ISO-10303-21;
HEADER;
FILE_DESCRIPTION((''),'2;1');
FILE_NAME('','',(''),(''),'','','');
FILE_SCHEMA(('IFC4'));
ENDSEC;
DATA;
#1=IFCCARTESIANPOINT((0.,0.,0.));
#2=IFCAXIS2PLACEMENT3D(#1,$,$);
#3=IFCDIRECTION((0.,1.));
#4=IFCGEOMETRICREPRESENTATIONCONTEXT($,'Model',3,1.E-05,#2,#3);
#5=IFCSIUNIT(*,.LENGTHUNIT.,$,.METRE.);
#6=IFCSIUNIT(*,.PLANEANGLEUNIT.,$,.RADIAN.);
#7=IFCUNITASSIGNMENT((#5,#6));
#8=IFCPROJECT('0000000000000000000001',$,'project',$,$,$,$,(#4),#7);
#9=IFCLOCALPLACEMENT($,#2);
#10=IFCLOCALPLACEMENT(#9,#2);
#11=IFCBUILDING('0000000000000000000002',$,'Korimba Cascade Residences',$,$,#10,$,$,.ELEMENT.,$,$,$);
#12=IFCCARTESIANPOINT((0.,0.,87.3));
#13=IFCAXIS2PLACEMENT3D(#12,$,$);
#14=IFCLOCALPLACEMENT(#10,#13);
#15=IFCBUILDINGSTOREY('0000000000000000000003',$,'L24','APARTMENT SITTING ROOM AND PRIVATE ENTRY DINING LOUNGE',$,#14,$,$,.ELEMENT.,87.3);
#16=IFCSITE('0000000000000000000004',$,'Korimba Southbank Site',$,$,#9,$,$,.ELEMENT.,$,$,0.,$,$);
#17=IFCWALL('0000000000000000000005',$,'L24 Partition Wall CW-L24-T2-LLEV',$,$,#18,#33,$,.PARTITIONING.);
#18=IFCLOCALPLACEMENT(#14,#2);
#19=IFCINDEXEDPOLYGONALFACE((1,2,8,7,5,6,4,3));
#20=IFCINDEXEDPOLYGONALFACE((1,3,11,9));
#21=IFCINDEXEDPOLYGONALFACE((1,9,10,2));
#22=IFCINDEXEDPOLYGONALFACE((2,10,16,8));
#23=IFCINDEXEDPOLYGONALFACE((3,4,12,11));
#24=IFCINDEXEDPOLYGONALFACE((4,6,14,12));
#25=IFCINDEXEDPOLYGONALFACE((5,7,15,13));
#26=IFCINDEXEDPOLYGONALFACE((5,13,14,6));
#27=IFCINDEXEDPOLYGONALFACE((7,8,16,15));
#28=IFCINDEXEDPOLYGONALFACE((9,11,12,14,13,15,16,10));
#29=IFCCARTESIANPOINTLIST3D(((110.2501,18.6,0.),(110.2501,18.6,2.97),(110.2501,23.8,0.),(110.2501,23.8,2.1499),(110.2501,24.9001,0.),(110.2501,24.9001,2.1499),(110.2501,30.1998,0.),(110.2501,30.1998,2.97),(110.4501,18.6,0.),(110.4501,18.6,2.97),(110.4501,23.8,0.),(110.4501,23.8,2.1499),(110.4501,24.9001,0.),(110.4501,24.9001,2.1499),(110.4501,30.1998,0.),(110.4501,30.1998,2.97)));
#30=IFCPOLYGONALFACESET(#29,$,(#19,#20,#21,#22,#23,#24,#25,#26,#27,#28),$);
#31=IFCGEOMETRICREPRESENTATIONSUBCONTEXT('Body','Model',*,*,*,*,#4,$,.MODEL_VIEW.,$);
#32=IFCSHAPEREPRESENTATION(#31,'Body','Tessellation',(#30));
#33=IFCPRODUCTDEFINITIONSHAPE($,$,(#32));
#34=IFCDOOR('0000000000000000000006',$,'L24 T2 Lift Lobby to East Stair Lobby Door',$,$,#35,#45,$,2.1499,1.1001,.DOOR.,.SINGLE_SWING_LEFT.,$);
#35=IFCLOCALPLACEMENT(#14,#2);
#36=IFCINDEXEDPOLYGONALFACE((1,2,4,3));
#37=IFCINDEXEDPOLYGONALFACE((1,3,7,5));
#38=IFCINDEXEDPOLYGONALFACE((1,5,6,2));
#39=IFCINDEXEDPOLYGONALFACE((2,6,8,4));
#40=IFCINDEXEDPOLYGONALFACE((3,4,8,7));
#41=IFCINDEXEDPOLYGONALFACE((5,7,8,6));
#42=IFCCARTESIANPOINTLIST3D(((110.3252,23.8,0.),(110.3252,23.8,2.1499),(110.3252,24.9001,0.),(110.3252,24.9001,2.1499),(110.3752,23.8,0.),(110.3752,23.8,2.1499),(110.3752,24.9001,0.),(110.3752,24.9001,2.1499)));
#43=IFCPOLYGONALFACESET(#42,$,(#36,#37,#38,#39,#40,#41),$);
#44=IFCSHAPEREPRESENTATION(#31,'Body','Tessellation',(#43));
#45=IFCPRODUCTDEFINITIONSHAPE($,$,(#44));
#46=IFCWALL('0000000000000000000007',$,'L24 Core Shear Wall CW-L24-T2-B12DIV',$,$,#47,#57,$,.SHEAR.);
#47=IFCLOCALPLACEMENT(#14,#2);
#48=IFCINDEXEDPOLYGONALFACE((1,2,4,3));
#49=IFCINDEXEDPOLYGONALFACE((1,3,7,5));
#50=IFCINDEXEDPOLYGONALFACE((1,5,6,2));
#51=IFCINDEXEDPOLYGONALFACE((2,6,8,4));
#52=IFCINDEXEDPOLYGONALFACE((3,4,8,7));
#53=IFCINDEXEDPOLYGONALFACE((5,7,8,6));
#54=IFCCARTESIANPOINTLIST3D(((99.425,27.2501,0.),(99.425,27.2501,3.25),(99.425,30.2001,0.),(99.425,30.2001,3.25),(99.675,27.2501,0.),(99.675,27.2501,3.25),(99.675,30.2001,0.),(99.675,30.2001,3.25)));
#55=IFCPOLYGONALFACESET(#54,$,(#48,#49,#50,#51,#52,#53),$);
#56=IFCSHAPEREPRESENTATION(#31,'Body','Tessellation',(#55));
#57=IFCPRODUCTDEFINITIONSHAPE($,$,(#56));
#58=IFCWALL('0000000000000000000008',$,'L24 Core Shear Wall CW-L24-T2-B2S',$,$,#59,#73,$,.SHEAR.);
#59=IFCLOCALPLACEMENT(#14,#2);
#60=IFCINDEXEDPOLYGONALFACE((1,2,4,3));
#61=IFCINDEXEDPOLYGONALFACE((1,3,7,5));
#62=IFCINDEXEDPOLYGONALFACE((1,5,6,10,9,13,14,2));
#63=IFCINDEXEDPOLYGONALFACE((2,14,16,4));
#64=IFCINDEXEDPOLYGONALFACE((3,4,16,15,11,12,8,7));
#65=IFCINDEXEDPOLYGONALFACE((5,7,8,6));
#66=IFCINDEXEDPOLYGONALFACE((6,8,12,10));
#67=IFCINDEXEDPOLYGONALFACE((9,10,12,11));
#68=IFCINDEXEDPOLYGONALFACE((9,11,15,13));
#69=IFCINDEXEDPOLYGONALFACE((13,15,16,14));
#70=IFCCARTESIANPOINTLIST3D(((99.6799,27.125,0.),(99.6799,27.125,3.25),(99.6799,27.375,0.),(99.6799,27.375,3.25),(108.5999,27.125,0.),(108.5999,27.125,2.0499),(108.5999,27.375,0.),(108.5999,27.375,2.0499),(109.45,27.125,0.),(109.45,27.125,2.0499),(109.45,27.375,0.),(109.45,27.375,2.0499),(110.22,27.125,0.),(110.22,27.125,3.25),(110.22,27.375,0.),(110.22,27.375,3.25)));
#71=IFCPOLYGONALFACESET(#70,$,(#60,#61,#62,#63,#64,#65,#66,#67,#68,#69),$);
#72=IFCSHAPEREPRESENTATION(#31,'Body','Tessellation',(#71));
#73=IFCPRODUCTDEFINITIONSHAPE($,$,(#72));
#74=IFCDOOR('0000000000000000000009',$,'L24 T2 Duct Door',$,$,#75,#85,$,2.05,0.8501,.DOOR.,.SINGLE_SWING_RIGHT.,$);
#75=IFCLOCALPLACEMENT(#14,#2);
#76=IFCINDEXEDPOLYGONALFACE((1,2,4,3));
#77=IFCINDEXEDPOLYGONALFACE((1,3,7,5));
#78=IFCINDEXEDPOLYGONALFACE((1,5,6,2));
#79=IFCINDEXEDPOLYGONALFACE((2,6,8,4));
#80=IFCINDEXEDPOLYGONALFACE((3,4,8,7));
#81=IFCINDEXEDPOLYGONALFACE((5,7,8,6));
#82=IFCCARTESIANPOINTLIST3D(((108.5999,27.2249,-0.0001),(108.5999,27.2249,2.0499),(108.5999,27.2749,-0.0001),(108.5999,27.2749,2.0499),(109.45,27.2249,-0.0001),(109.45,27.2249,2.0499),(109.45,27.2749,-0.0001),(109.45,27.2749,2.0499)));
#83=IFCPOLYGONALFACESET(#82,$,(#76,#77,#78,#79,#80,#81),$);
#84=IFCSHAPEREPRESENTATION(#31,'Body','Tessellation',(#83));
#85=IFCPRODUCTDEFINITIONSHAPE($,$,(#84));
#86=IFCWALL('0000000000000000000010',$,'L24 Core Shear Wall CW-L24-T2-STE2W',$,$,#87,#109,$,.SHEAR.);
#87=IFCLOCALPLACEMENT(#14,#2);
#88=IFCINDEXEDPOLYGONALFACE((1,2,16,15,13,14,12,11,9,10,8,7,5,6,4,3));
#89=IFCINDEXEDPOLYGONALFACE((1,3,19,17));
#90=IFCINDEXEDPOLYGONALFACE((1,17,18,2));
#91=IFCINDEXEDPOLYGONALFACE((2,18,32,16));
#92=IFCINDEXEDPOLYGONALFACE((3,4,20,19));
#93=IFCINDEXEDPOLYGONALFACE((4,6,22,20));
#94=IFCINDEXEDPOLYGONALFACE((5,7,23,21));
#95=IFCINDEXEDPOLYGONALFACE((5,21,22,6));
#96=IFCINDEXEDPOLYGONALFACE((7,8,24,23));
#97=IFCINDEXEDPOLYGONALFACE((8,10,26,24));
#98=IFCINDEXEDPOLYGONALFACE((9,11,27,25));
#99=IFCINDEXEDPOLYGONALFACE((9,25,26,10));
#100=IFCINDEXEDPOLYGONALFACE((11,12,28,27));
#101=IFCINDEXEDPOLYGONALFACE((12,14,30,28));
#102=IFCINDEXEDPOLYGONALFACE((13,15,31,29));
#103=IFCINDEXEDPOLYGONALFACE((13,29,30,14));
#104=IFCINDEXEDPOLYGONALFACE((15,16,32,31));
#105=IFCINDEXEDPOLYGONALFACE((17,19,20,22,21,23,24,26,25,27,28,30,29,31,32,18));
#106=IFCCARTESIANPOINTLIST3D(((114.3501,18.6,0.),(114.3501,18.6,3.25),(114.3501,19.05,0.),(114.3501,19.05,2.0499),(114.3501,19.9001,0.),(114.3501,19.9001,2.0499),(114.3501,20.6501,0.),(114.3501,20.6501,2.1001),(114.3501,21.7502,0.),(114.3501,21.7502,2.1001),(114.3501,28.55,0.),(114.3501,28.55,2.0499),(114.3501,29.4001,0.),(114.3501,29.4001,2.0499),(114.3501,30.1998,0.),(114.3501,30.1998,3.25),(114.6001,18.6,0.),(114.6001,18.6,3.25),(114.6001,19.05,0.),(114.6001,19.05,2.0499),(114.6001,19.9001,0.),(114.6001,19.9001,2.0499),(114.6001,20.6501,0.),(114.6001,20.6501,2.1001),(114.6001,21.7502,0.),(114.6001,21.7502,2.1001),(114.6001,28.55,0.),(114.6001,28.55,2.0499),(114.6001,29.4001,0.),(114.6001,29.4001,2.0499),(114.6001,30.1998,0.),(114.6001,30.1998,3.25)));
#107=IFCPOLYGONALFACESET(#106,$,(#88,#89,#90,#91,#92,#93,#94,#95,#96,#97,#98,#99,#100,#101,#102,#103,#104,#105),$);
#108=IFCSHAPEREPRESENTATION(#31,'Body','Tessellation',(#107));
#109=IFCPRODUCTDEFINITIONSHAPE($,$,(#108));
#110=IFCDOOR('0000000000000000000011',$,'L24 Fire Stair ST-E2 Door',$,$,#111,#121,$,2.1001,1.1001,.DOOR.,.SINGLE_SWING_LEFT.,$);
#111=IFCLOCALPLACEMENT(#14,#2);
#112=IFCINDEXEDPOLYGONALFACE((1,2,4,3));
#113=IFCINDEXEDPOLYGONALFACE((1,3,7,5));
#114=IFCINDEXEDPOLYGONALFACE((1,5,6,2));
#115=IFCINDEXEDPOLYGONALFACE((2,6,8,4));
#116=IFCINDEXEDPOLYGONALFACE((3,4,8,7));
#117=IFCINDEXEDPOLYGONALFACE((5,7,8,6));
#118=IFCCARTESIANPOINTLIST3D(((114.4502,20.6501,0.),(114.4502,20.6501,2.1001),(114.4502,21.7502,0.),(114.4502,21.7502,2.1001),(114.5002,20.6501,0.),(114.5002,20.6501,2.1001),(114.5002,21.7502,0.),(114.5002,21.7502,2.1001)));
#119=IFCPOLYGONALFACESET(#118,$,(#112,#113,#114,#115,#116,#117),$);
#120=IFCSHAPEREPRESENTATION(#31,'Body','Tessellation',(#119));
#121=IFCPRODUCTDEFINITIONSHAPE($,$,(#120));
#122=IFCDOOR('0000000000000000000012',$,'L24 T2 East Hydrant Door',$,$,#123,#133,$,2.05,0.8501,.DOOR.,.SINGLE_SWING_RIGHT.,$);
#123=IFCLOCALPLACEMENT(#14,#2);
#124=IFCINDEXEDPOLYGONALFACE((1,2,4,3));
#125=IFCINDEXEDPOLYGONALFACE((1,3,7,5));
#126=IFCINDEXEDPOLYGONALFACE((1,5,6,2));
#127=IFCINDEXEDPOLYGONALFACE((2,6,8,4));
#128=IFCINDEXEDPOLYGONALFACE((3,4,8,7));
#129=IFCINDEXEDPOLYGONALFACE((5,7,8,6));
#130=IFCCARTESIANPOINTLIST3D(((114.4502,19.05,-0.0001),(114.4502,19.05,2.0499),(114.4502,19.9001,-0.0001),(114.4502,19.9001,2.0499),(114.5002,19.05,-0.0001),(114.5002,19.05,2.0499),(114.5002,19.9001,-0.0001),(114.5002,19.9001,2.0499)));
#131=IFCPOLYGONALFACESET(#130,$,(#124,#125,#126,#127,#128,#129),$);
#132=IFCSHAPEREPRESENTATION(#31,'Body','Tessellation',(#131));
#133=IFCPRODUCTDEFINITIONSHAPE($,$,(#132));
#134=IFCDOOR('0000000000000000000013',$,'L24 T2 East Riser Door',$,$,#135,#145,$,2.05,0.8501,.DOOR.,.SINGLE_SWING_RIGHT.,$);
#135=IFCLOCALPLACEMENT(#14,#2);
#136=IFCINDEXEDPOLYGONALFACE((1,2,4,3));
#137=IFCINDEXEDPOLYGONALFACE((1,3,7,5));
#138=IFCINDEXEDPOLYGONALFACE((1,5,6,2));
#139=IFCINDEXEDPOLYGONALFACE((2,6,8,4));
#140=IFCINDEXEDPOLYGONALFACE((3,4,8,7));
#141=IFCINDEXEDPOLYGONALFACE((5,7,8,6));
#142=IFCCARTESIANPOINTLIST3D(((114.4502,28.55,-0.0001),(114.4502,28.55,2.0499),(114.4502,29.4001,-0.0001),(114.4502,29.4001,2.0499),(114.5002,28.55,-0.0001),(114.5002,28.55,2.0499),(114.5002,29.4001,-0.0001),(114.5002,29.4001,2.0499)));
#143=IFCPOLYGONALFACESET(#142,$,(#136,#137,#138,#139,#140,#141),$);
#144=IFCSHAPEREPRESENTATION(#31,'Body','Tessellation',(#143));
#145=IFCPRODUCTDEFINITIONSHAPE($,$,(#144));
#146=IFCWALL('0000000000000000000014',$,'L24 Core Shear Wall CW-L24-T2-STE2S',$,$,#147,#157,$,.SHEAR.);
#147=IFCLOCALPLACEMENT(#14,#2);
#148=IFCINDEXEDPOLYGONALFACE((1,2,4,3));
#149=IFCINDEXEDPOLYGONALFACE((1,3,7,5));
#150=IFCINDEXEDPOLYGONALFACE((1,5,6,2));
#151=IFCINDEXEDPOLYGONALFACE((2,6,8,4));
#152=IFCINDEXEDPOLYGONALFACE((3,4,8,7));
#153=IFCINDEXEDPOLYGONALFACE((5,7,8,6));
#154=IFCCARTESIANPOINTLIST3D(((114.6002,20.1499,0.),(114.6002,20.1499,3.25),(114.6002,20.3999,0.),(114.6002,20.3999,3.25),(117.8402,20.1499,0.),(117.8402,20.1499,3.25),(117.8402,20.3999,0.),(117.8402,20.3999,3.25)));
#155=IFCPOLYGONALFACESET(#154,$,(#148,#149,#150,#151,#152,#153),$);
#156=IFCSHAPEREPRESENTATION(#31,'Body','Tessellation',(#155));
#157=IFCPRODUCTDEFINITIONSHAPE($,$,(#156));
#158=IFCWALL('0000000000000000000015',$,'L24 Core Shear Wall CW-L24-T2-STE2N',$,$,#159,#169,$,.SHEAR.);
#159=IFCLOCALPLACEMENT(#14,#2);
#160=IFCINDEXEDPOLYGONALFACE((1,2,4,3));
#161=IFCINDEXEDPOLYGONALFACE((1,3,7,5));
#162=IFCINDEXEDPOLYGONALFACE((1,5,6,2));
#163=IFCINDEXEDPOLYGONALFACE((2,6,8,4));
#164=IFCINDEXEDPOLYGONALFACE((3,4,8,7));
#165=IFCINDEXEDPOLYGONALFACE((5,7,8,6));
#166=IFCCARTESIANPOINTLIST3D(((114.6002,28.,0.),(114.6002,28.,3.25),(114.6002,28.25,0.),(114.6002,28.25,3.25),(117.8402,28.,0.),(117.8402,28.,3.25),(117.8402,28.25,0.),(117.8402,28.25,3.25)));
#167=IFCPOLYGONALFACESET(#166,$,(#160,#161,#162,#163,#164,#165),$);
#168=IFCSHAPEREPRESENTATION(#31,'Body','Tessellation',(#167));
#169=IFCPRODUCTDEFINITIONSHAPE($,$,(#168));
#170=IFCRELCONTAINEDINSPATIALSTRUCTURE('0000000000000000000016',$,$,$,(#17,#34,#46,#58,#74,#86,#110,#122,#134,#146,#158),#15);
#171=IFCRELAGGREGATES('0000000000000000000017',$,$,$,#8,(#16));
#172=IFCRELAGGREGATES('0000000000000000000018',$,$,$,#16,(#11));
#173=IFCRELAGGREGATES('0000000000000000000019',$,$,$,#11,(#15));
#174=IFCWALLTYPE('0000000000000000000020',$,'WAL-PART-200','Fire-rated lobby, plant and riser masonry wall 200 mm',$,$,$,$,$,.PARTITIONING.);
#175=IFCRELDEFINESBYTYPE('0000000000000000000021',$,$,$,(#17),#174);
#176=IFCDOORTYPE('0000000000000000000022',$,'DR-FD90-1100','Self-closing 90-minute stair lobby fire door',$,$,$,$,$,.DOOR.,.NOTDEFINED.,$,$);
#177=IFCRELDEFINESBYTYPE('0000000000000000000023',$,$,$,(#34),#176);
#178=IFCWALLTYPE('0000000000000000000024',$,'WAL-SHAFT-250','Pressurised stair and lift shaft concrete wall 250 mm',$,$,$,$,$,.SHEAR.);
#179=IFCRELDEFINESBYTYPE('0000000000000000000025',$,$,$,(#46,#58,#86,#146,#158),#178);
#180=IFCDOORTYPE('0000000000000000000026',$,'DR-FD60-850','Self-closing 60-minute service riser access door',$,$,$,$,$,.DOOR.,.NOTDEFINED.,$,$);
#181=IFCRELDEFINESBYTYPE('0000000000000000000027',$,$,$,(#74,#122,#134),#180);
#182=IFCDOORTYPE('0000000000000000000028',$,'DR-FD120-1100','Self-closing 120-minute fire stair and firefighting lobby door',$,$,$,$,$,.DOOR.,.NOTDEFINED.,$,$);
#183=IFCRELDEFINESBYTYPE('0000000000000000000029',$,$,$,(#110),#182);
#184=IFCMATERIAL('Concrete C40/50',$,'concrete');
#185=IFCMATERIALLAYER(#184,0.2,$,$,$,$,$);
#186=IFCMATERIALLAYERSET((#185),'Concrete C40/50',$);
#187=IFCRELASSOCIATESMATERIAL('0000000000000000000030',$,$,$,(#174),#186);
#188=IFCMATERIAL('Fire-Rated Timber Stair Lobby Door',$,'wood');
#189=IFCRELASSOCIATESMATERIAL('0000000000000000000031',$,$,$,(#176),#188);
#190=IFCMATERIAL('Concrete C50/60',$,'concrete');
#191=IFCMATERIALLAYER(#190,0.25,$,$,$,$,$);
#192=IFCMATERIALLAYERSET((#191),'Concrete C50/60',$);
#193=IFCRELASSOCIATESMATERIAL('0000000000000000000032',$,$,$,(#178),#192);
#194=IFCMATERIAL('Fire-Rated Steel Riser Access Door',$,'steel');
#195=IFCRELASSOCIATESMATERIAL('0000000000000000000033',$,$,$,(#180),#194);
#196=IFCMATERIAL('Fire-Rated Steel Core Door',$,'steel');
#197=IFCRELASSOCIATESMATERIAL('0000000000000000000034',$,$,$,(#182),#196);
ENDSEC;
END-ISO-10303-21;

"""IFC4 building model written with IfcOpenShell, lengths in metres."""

from ifc_helpers import new_model, si_unit, direction, frame, frame_2d, origin, place, context, subcontext, project, spatial, rectangle, extrude, material, layer, layer_set, type_object, element, fill, save


model = new_model("IFC4")

# Units and contexts
model_context = context("Model", 3, precision=1e-05, world=origin(), true_north=direction((0.0, 1.0)))
body_context = subcontext(model_context, "Body", "Model", "MODEL_VIEW")
ifc_project = project(units=[si_unit("LENGTHUNIT", "METRE"), si_unit("PLANEANGLEUNIT", "RADIAN")], contexts=[model_context])

# Site, building, storey
site_placement = place(None, origin())
site = spatial("IfcSite", under=ifc_project, at=site_placement, Name="Korimba Southbank Site", CompositionType="ELEMENT", RefElevation=0.0)
building_placement = place(site_placement, origin())
building = spatial("IfcBuilding", under=site, at=building_placement, Name="Korimba Cascade Residences", CompositionType="ELEMENT")
storey_placement = place(building_placement, frame((0.0, 0.0, 87.3)))
storey = spatial("IfcBuildingStorey", under=building, at=storey_placement, Name="L24", Description="APARTMENT SITTING ROOM AND PRIVATE ENTRY DINING LOUNGE", CompositionType="ELEMENT", Elevation=87.3)

# Shared definitions
ifc_material_1 = material(Name="Concrete C40/50", Category="concrete")
ifc_layer_1 = layer(ifc_material_1, 0.2)
ifc_layer_set_1 = layer_set([ifc_layer_1], Name="Concrete C40/50")
wall_type_1 = type_object("IfcWallType", Name="WAL-PART-200", Description="Fire-rated lobby, plant and riser masonry wall 200 mm", PredefinedType="PARTITIONING", material=ifc_layer_set_1)

# Wall, opening, door
wall_1_placement = place(storey_placement, frame((110.3501, 18.6001, 0.0), z_axis=(0.0, 0.0, 1.0), x_axis=(0.0, 1.0, 0.0)))
wall_1 = element("IfcWall", 1, at=wall_1_placement, inside=storey, type_object=wall_type_1, Name="L24 Partition Wall CW-L24-T2-LLEV", PredefinedType="PARTITIONING", context=body_context, shape_type="SweptSolid", body=[
    extrude(rectangle(XDim=11.5999, YDim=0.2, at=frame_2d((5.7998, 0.0))), origin(), (0.0, 0.0, 1.0), 2.97),
])
opening_1_placement = place(wall_1_placement, frame((5.2, 0.0, 0.0)))
opening_1 = element("IfcOpeningElement", 2, at=opening_1_placement, cuts=wall_1, PredefinedType="OPENING", context=body_context, shape_type="SweptSolid", body=[
    extrude(rectangle(XDim=1.1001, YDim=2.1499, at=frame_2d((0.55, 1.075))), frame((0.0, 0.1099, 0.0), z_axis=(0.0, -1.0, 0.0), x_axis=(1.0, 0.0, 0.0)), (0.0, 0.0, 1.0), 0.22),
])
ifc_material_2 = material(Name="Fire-Rated Timber Stair Lobby Door", Category="wood")
door_type_1 = type_object("IfcDoorType", Name="DR-FD90-1100", Description="Self-closing 90-minute stair lobby fire door", OperationType="NOTDEFINED", PredefinedType="DOOR", material=ifc_material_2)
door_1_placement = place(opening_1_placement, origin())
door_1 = element("IfcDoor", 3, at=door_1_placement, inside=storey, type_object=door_type_1, Name="L24 T2 Lift Lobby to East Stair Lobby Door", OperationType="SINGLE_SWING_LEFT", OverallHeight=2.1499, OverallWidth=1.1001, PredefinedType="DOOR", context=body_context, shape_type="SweptSolid", body=[
    extrude(rectangle(XDim=1.1001, YDim=2.1499, at=frame_2d((0.55, 1.075))), frame((0.0, 0.0249, 0.0), z_axis=(0.0, -1.0, 0.0), x_axis=(1.0, 0.0, 0.0)), (0.0, 0.0, 1.0), 0.05),
])
fill(opening_1, door_1)

# Wall
ifc_material_3 = material(Name="Concrete C50/60", Category="concrete")
ifc_layer_2 = layer(ifc_material_3, 0.25)
ifc_layer_set_2 = layer_set([ifc_layer_2], Name="Concrete C50/60")
wall_type_2 = type_object("IfcWallType", Name="WAL-SHAFT-250", Description="Pressurised stair and lift shaft concrete wall 250 mm", PredefinedType="SHEAR", material=ifc_layer_set_2)
wall_2_placement = place(storey_placement, frame((99.55, 27.25, 0.0), z_axis=(0.0, 0.0, 1.0), x_axis=(0.0, 1.0, 0.0)))
element("IfcWall", 4, at=wall_2_placement, inside=storey, type_object=wall_type_2, Name="L24 Core Shear Wall CW-L24-T2-B12DIV", PredefinedType="SHEAR", context=body_context, shape_type="SweptSolid", body=[
    extrude(rectangle(XDim=2.95, YDim=0.25, at=frame_2d((1.4751, 0.0))), origin(), (0.0, 0.0, 1.0), 3.25),
])

# Wall, opening, door
wall_3_placement = place(storey_placement, frame((99.6799, 27.25, 0.0), z_axis=(0.0, 0.0, 1.0), x_axis=(1.0, 0.0, 0.0)))
wall_3 = element("IfcWall", 5, at=wall_3_placement, inside=storey, type_object=wall_type_2, Name="L24 Core Shear Wall CW-L24-T2-B2S", PredefinedType="SHEAR", context=body_context, shape_type="SweptSolid", body=[
    extrude(rectangle(XDim=10.54, YDim=0.25, at=frame_2d((5.27, 0.0))), origin(), (0.0, 0.0, 1.0), 3.25),
])
opening_2_placement = place(wall_3_placement, frame((8.9199, 0.0, 0.0)))
opening_2 = element("IfcOpeningElement", 6, at=opening_2_placement, cuts=wall_3, PredefinedType="OPENING", context=body_context, shape_type="SweptSolid", body=[
    extrude(rectangle(XDim=0.8501, YDim=2.05, at=frame_2d((0.425, 1.0249))), frame((0.0, 0.135, 0.0), z_axis=(0.0, -1.0, 0.0), x_axis=(1.0, 0.0, 0.0)), (0.0, 0.0, 1.0), 0.27),
])
ifc_material_4 = material(Name="Fire-Rated Steel Riser Access Door", Category="steel")
door_type_2 = type_object("IfcDoorType", Name="DR-FD60-850", Description="Self-closing 60-minute service riser access door", OperationType="NOTDEFINED", PredefinedType="DOOR", material=ifc_material_4)
door_2_placement = place(opening_2_placement, origin())
door_2 = element("IfcDoor", 7, at=door_2_placement, inside=storey, type_object=door_type_2, Name="L24 T2 Duct Door", OperationType="SINGLE_SWING_RIGHT", OverallHeight=2.05, OverallWidth=0.8501, PredefinedType="DOOR", context=body_context, shape_type="SweptSolid", body=[
    extrude(rectangle(XDim=0.8501, YDim=2.05, at=frame_2d((0.425, 1.0249))), frame((0.0, 0.0249, 0.0), z_axis=(0.0, -1.0, 0.0), x_axis=(1.0, 0.0, 0.0)), (0.0, 0.0, 1.0), 0.05),
])
fill(opening_2, door_2)

# Wall, openings, doors
wall_4_placement = place(storey_placement, frame((114.4751, 18.6001, 0.0), z_axis=(0.0, 0.0, 1.0), x_axis=(0.0, 1.0, 0.0)))
wall_4 = element("IfcWall", 8, at=wall_4_placement, inside=storey, type_object=wall_type_2, Name="L24 Core Shear Wall CW-L24-T2-STE2W", PredefinedType="SHEAR", context=body_context, shape_type="SweptSolid", body=[
    extrude(rectangle(XDim=11.5999, YDim=0.25, at=frame_2d((5.7998, 0.0))), origin(), (0.0, 0.0, 1.0), 3.25),
])
opening_3_placement = place(wall_4_placement, frame((0.45, 0.0, 0.0)))
opening_3 = element("IfcOpeningElement", 9, at=opening_3_placement, cuts=wall_4, PredefinedType="OPENING", context=body_context, shape_type="SweptSolid", body=[
    extrude(rectangle(XDim=0.8501, YDim=2.05, at=frame_2d((0.425, 1.0249))), frame((0.0, 0.135, 0.0), z_axis=(0.0, -1.0, 0.0), x_axis=(1.0, 0.0, 0.0)), (0.0, 0.0, 1.0), 0.27),
])
opening_4_placement = place(wall_4_placement, frame((2.05, 0.0, 0.0)))
opening_4 = element("IfcOpeningElement", 10, at=opening_4_placement, cuts=wall_4, PredefinedType="OPENING", context=body_context, shape_type="SweptSolid", body=[
    extrude(rectangle(XDim=1.1001, YDim=2.1001, at=frame_2d((0.55, 1.05))), frame((0.0, 0.135, 0.0), z_axis=(0.0, -1.0, 0.0), x_axis=(1.0, 0.0, 0.0)), (0.0, 0.0, 1.0), 0.27),
])
opening_5_placement = place(wall_4_placement, frame((9.95, 0.0, 0.0)))
opening_5 = element("IfcOpeningElement", 11, at=opening_5_placement, cuts=wall_4, PredefinedType="OPENING", context=body_context, shape_type="SweptSolid", body=[
    extrude(rectangle(XDim=0.8501, YDim=2.05, at=frame_2d((0.425, 1.0249))), frame((0.0, 0.135, 0.0), z_axis=(0.0, -1.0, 0.0), x_axis=(1.0, 0.0, 0.0)), (0.0, 0.0, 1.0), 0.27),
])
ifc_material_5 = material(Name="Fire-Rated Steel Core Door", Category="steel")
door_type_3 = type_object("IfcDoorType", Name="DR-FD120-1100", Description="Self-closing 120-minute fire stair and firefighting lobby door", OperationType="NOTDEFINED", PredefinedType="DOOR", material=ifc_material_5)
door_3_placement = place(opening_4_placement, origin())
door_3 = element("IfcDoor", 12, at=door_3_placement, inside=storey, type_object=door_type_3, Name="L24 Fire Stair ST-E2 Door", OperationType="SINGLE_SWING_LEFT", OverallHeight=2.1001, OverallWidth=1.1001, PredefinedType="DOOR", context=body_context, shape_type="SweptSolid", body=[
    extrude(rectangle(XDim=1.1001, YDim=2.1001, at=frame_2d((0.55, 1.05))), frame((0.0, 0.0249, 0.0), z_axis=(0.0, -1.0, 0.0), x_axis=(1.0, 0.0, 0.0)), (0.0, 0.0, 1.0), 0.05),
])
fill(opening_4, door_3)
door_4_placement = place(opening_3_placement, origin())
door_4 = element("IfcDoor", 13, at=door_4_placement, inside=storey, type_object=door_type_2, Name="L24 T2 East Hydrant Door", OperationType="SINGLE_SWING_RIGHT", OverallHeight=2.05, OverallWidth=0.8501, PredefinedType="DOOR", context=body_context, shape_type="SweptSolid", body=[
    extrude(rectangle(XDim=0.8501, YDim=2.05, at=frame_2d((0.425, 1.0249))), frame((0.0, 0.0249, 0.0), z_axis=(0.0, -1.0, 0.0), x_axis=(1.0, 0.0, 0.0)), (0.0, 0.0, 1.0), 0.05),
])
fill(opening_3, door_4)
door_5_placement = place(opening_5_placement, origin())
door_5 = element("IfcDoor", 14, at=door_5_placement, inside=storey, type_object=door_type_2, Name="L24 T2 East Riser Door", OperationType="SINGLE_SWING_RIGHT", OverallHeight=2.05, OverallWidth=0.8501, PredefinedType="DOOR", context=body_context, shape_type="SweptSolid", body=[
    extrude(rectangle(XDim=0.8501, YDim=2.05, at=frame_2d((0.425, 1.0249))), frame((0.0, 0.0249, 0.0), z_axis=(0.0, -1.0, 0.0), x_axis=(1.0, 0.0, 0.0)), (0.0, 0.0, 1.0), 0.05),
])
fill(opening_5, door_5)

# Walls
for number, where, z_axis, x_axis, name in (
    (15, (114.6001, 20.2749, 0.0), (0.0, 0.0, 1.0), (1.0, 0.0, 0.0), "L24 Core Shear Wall CW-L24-T2-STE2S"),
    (16, (114.6001, 28.125, 0.0), (0.0, 0.0, 1.0), (1.0, 0.0, 0.0), "L24 Core Shear Wall CW-L24-T2-STE2N"),
):
    element("IfcWall", number, at=place(storey_placement, frame(where, z_axis=z_axis, x_axis=x_axis)), inside=storey, type_object=wall_type_2, Name=name, PredefinedType="SHEAR", context=body_context, shape_type="SweptSolid", body=[
        extrude(rectangle(XDim=3.24, YDim=0.25, at=frame_2d((1.6201, 0.0))), origin(), (0.0, 0.0, 1.0), 3.25),
    ])

save(model, "model.ifc")
